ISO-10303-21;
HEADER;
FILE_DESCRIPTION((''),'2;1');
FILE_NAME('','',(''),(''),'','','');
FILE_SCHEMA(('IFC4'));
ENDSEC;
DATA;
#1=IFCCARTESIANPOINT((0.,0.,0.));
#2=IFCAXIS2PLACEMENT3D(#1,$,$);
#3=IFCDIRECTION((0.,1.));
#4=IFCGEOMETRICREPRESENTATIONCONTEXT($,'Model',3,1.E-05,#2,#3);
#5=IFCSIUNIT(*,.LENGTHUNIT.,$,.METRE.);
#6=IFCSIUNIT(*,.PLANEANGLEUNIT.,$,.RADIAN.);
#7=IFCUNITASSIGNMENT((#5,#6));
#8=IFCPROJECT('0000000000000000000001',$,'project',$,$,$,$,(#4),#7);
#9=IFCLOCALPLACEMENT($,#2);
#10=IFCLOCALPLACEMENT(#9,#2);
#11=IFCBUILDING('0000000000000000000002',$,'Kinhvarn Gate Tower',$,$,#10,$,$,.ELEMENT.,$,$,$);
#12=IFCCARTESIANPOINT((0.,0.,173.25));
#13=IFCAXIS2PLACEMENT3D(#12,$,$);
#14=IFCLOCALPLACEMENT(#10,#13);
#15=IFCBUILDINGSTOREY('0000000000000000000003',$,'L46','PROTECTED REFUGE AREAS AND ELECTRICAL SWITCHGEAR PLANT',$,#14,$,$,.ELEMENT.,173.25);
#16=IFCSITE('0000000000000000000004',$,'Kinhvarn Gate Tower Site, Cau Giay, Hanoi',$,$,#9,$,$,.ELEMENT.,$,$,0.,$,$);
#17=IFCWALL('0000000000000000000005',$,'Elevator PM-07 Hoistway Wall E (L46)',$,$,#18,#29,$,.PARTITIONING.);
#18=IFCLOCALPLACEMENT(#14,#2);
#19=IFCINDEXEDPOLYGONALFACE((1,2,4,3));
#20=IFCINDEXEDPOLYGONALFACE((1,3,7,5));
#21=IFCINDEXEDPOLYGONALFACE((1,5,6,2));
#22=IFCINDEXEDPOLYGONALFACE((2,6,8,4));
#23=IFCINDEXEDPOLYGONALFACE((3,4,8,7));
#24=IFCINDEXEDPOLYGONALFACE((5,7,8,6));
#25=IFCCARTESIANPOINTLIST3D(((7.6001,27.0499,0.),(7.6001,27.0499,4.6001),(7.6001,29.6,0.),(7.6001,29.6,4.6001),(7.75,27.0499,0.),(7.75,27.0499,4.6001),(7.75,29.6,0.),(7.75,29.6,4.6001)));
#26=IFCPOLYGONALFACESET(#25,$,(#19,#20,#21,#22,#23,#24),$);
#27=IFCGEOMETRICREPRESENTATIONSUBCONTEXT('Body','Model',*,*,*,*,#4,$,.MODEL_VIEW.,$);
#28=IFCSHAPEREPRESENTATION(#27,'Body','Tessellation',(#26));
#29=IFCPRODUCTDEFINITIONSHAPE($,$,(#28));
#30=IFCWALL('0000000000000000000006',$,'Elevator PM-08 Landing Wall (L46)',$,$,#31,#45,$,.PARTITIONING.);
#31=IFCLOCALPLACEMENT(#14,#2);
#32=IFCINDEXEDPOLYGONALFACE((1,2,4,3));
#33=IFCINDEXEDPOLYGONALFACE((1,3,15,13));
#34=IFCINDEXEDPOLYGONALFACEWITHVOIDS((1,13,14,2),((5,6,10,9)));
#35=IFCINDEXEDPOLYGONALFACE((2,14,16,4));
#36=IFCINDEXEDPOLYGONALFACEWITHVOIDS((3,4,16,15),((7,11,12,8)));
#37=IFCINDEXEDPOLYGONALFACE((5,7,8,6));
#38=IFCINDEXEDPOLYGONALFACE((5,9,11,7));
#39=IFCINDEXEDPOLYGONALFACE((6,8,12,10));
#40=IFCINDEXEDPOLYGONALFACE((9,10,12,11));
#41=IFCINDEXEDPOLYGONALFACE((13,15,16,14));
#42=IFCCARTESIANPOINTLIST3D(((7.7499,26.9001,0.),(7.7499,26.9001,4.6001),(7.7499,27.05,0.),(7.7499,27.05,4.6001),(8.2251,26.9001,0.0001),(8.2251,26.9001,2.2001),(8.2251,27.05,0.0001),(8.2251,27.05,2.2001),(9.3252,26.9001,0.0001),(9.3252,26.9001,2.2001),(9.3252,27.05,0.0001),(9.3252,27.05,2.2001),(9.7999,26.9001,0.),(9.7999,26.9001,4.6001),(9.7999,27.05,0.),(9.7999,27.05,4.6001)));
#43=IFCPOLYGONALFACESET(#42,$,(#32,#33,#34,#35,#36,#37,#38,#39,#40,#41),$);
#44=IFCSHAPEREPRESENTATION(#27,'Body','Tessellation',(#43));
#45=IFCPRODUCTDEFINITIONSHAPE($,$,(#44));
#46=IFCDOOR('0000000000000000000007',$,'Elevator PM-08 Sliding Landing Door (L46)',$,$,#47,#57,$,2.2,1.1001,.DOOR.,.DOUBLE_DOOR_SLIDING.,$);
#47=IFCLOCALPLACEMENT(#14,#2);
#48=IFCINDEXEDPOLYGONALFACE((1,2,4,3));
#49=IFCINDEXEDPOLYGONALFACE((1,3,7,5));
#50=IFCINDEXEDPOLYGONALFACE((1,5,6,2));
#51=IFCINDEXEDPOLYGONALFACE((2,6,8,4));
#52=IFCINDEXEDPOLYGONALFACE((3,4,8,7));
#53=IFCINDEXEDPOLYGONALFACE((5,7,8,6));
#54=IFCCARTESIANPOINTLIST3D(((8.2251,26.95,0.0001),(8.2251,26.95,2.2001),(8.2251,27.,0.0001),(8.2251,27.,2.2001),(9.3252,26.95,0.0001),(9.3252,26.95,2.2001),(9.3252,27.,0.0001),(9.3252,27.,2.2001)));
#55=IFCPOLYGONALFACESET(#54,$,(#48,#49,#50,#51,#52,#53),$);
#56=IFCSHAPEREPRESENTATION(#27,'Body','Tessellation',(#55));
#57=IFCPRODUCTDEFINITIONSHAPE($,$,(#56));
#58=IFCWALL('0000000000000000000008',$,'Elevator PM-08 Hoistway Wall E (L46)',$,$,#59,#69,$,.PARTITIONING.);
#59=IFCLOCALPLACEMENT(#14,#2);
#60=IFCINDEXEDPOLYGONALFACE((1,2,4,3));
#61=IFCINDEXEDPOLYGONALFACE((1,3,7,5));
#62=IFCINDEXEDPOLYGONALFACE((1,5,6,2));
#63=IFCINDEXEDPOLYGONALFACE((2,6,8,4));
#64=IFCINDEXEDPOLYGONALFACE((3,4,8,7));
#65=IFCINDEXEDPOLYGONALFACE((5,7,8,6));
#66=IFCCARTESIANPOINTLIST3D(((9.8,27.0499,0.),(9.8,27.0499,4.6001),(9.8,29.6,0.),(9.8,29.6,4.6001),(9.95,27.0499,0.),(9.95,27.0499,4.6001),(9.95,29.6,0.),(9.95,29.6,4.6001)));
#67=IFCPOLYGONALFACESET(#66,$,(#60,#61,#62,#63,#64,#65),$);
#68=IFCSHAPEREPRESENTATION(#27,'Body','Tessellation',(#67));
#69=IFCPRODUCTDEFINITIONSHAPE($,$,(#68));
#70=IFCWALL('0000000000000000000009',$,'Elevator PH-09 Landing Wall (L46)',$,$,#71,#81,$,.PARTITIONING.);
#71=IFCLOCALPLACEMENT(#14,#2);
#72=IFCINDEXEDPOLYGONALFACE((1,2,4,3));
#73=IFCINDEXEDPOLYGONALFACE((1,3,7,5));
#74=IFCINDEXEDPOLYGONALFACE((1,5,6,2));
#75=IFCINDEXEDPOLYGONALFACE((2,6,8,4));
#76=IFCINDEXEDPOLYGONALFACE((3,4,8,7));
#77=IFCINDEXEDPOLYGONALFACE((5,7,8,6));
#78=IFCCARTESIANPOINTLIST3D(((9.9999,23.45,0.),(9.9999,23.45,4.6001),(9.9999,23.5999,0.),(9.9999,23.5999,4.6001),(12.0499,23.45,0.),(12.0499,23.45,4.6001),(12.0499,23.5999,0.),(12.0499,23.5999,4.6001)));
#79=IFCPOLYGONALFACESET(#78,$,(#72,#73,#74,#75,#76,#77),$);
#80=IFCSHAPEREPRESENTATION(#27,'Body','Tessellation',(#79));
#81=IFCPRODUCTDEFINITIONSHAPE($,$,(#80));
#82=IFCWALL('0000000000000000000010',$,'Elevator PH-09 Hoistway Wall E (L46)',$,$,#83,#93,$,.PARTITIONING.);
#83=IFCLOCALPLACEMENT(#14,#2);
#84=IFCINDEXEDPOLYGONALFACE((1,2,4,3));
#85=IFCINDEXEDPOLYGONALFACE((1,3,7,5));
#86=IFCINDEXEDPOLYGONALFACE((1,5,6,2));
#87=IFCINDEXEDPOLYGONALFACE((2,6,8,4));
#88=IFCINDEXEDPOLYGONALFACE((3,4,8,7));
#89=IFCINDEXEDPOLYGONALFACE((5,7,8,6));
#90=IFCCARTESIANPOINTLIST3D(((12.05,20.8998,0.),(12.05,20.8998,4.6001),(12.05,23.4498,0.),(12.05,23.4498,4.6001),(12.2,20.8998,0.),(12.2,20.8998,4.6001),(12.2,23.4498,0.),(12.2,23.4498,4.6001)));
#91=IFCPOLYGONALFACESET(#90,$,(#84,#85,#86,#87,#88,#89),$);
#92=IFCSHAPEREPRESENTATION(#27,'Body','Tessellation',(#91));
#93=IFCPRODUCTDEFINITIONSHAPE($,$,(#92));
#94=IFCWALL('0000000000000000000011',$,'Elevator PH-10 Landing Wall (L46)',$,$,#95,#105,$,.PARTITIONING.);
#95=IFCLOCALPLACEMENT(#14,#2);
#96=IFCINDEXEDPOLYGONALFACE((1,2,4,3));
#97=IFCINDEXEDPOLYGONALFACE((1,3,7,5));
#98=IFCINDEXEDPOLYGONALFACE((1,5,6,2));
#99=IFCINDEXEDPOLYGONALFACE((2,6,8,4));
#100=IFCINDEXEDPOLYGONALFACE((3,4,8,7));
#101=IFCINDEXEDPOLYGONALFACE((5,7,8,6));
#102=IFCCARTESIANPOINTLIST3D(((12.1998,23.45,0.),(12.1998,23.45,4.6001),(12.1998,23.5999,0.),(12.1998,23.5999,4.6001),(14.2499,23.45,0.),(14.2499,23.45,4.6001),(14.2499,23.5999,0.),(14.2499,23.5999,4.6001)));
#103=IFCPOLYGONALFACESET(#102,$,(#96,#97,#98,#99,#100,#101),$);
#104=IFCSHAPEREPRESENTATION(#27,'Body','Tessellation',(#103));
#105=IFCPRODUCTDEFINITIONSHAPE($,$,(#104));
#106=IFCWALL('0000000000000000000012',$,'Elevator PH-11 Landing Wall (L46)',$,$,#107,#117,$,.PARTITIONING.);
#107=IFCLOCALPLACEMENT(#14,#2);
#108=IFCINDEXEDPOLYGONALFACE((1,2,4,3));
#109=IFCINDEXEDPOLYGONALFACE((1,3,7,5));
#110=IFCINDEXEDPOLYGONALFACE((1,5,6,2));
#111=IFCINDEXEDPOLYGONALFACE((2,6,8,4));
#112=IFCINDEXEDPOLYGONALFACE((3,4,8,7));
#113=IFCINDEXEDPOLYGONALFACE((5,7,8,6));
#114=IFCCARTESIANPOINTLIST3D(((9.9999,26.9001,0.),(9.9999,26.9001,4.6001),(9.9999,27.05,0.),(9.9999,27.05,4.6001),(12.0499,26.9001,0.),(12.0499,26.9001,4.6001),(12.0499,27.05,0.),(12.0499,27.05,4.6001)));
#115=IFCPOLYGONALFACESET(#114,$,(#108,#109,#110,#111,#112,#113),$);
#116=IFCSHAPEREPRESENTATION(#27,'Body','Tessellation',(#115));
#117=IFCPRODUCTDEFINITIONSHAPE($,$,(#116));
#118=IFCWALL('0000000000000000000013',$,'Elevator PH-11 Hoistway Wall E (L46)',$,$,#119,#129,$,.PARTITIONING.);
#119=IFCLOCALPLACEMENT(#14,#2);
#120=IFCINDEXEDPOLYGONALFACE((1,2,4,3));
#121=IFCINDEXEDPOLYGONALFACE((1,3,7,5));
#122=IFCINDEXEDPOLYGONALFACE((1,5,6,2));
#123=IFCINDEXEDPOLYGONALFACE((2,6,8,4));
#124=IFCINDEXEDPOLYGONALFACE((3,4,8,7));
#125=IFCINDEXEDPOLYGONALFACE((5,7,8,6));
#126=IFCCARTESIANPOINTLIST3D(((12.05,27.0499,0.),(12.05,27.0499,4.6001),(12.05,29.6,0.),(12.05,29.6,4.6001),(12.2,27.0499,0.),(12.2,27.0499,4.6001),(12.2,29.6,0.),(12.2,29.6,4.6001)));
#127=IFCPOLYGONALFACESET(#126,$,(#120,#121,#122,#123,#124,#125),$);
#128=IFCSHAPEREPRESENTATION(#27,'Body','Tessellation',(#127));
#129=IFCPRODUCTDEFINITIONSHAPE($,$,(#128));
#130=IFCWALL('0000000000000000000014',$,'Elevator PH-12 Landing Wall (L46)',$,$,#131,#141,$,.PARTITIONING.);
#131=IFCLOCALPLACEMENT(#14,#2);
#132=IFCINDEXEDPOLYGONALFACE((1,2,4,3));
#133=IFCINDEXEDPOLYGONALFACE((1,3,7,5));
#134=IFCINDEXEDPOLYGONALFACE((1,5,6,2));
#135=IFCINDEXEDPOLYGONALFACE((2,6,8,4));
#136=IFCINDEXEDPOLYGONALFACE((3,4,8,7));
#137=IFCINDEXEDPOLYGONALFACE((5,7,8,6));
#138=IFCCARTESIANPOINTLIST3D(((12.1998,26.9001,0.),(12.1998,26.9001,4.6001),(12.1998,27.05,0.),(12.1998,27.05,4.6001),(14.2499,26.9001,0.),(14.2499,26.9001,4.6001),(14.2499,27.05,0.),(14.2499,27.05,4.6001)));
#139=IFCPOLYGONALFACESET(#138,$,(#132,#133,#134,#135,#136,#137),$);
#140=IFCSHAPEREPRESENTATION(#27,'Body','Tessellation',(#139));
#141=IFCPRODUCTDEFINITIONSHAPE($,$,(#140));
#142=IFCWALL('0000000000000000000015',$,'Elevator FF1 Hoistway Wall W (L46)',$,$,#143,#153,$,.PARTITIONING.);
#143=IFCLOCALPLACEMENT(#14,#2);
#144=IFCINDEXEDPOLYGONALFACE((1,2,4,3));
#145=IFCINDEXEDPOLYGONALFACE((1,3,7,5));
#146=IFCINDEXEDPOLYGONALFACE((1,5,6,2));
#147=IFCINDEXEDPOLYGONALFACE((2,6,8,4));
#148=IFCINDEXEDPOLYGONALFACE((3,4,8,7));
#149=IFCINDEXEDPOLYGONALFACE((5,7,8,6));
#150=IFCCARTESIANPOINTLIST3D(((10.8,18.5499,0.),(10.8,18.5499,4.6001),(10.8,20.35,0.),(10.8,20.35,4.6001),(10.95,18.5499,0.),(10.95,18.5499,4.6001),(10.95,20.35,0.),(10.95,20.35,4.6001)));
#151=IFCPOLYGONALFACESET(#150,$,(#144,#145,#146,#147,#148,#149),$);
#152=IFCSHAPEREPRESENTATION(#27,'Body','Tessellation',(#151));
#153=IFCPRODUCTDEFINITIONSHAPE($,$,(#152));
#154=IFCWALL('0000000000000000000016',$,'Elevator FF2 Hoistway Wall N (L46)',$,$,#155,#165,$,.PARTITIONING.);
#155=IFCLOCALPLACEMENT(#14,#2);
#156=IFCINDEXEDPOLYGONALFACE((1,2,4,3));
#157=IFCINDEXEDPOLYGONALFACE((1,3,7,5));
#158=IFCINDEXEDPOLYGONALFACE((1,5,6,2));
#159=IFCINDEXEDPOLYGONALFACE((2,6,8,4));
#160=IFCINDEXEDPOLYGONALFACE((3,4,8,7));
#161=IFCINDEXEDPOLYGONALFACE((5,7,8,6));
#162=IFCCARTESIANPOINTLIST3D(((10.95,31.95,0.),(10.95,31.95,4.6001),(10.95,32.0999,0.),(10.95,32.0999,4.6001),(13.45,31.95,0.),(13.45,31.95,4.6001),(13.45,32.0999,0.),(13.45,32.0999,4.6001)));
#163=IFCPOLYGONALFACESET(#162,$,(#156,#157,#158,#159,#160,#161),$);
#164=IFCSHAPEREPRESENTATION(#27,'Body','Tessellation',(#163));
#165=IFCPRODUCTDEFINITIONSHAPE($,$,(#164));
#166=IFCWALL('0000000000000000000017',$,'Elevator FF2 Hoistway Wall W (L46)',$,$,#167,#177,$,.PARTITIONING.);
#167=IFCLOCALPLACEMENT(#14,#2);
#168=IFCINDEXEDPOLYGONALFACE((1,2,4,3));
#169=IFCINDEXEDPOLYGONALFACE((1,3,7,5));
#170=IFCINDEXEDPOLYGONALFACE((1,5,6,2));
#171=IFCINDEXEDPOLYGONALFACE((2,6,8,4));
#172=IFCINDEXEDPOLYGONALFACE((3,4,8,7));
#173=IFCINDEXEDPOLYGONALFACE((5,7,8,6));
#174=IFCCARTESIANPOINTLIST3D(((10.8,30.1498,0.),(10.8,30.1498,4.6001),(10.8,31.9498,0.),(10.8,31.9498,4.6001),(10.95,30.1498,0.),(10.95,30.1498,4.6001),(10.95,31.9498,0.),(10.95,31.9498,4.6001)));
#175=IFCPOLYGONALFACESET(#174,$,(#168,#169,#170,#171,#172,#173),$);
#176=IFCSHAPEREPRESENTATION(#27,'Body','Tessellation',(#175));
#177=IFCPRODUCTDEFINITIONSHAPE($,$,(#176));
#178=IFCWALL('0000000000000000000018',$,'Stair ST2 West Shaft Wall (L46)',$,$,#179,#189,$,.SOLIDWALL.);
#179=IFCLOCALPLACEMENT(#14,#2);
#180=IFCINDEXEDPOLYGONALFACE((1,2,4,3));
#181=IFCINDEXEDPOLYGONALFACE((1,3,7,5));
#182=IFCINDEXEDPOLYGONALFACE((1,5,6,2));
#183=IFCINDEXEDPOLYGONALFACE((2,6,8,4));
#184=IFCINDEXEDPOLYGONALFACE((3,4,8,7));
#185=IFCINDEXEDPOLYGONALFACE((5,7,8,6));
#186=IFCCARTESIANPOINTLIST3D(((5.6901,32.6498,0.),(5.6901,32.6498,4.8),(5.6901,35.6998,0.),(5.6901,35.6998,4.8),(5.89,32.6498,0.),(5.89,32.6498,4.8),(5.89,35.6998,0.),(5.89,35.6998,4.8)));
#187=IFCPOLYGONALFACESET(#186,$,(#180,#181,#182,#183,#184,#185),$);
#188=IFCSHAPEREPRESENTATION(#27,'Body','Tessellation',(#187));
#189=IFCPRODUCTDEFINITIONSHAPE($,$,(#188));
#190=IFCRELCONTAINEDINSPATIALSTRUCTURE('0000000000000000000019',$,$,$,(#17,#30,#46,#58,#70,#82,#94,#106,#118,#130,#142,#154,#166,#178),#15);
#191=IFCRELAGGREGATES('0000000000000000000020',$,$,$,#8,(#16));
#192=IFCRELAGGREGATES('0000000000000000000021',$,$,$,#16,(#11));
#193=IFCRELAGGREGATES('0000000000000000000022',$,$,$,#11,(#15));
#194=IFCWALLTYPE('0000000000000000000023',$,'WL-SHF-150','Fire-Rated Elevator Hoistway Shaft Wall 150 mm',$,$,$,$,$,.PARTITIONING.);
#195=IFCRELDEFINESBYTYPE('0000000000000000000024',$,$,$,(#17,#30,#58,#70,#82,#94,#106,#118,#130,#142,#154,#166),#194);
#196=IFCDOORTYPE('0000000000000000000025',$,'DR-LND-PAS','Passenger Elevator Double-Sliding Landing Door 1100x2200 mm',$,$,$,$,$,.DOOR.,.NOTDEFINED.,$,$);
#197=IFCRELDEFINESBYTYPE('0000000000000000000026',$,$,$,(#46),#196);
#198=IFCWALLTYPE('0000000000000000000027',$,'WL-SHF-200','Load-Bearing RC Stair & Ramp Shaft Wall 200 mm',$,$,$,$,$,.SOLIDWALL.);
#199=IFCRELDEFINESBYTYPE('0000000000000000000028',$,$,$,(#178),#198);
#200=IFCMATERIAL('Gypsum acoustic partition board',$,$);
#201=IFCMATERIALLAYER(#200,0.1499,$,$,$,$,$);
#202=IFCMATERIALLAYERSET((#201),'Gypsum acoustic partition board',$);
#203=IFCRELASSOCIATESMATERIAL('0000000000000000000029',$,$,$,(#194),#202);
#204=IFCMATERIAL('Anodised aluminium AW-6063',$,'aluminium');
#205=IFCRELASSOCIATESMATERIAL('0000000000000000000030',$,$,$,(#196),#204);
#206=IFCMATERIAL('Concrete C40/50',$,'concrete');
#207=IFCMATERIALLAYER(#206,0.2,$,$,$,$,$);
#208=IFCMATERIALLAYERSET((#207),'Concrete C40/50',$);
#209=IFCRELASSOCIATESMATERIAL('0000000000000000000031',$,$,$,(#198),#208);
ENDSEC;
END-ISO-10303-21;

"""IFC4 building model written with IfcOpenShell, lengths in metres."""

from ifc_helpers import new_model, si_unit, direction, frame, frame_2d, origin, place, context, subcontext, project, spatial, rectangle, extrude, material, layer, layer_set, type_object, element, fill, save


model = new_model("IFC4")

# Units and contexts
model_context = context("Model", 3, precision=1e-05, world=origin(), true_north=direction((0.0, 1.0)))
body_context = subcontext(model_context, "Body", "Model", "MODEL_VIEW")
ifc_project = project(units=[si_unit("LENGTHUNIT", "METRE"), si_unit("PLANEANGLEUNIT", "RADIAN")], contexts=[model_context])

# Site, building, storey
site_placement = place(None, origin())
site = spatial("IfcSite", under=ifc_project, at=site_placement, Name="Kinhvarn Gate Tower Site, Cau Giay, Hanoi", CompositionType="ELEMENT", RefElevation=0.0)
building_placement = place(site_placement, origin())
building = spatial("IfcBuilding", under=site, at=building_placement, Name="Kinhvarn Gate Tower", CompositionType="ELEMENT")
storey_placement = place(building_placement, frame((0.0, 0.0, 173.25)))
storey = spatial("IfcBuildingStorey", under=building, at=storey_placement, Name="L46", Description="PROTECTED REFUGE AREAS AND ELECTRICAL SWITCHGEAR PLANT", CompositionType="ELEMENT", Elevation=173.25)

# Shared definitions
ifc_material_1 = material(Name="Gypsum acoustic partition board")
ifc_layer_1 = layer(ifc_material_1, 0.1499)
ifc_layer_set_1 = layer_set([ifc_layer_1], Name="Gypsum acoustic partition board")
wall_type_1 = type_object("IfcWallType", Name="WL-SHF-150", Description="Fire-Rated Elevator Hoistway Shaft Wall 150 mm", PredefinedType="PARTITIONING", material=ifc_layer_set_1)
ifc_material_2 = material(Name="Anodised aluminium AW-6063", Category="aluminium")
door_type = type_object("IfcDoorType", Name="DR-LND-PAS", Description="Passenger Elevator Double-Sliding Landing Door 1100x2200 mm", OperationType="NOTDEFINED", PredefinedType="DOOR", material=ifc_material_2)

# Wall
for number, where, z_axis, x_axis, name in (
    (1, (7.675, 27.05, 0.0), (0.0, 0.0, 1.0), (0.0, 1.0, 0.0), "Elevator PM-07 Hoistway Wall E (L46)"),
):
    element("IfcWall", number, at=place(storey_placement, frame(where, z_axis=z_axis, x_axis=x_axis)), inside=storey, type_object=wall_type_1, Name=name, PredefinedType="PARTITIONING", context=body_context, shape_type="SweptSolid", body=[
        extrude(rectangle(XDim=2.55, YDim=0.1499, at=frame_2d((1.2749, 0.0))), origin(), (0.0, 0.0, 1.0), 4.6001),
    ])

# Wall, opening, door
wall_1_placement = place(storey_placement, frame((7.75, 26.9751, 0.0), z_axis=(0.0, 0.0, 1.0), x_axis=(1.0, 0.0, 0.0)))
wall_1 = element("IfcWall", 2, at=wall_1_placement, inside=storey, type_object=wall_type_1, Name="Elevator PM-08 Landing Wall (L46)", PredefinedType="PARTITIONING", context=body_context, shape_type="SweptSolid", body=[
    extrude(rectangle(XDim=2.05, YDim=0.1499, at=frame_2d((1.0249, 0.0))), origin(), (0.0, 0.0, 1.0), 4.6001),
])
opening_1_placement = place(wall_1_placement, frame((0.4751, 0.0, 0.0)))
opening_1 = element("IfcOpeningElement", 3, at=opening_1_placement, cuts=wall_1, PredefinedType="OPENING", context=body_context, shape_type="SweptSolid", body=[
    extrude(rectangle(XDim=1.1001, YDim=2.2, at=frame_2d((0.55, 1.1001))), frame((0.0, 0.085, 0.0), z_axis=(0.0, -1.0, 0.0), x_axis=(1.0, 0.0, 0.0)), (0.0, 0.0, 1.0), 0.1699),
])
door_1_placement = place(opening_1_placement, origin())
door_1 = element("IfcDoor", 4, at=door_1_placement, inside=storey, type_object=door_type, Name="Elevator PM-08 Sliding Landing Door (L46)", OperationType="DOUBLE_DOOR_SLIDING", OverallHeight=2.2, OverallWidth=1.1001, PredefinedType="DOOR", context=body_context, shape_type="SweptSolid", body=[
    extrude(rectangle(XDim=1.1001, YDim=2.2, at=frame_2d((0.55, 1.1001))), frame((0.0, 0.0249, 0.0), z_axis=(0.0, -1.0, 0.0), x_axis=(1.0, 0.0, 0.0)), (0.0, 0.0, 1.0), 0.05),
])
fill(opening_1, door_1)

# Walls
wall_2_placement = place(storey_placement, frame((9.875, 27.05, 0.0), z_axis=(0.0, 0.0, 1.0), x_axis=(0.0, 1.0, 0.0)))
element("IfcWall", 5, at=wall_2_placement, inside=storey, type_object=wall_type_1, Name="Elevator PM-08 Hoistway Wall E (L46)", PredefinedType="PARTITIONING", context=body_context, shape_type="SweptSolid", body=[
    extrude(rectangle(XDim=2.55, YDim=0.1499, at=frame_2d((1.2749, 0.0))), origin(), (0.0, 0.0, 1.0), 4.6001),
])
wall_3_placement = place(storey_placement, frame((10.0, 23.5249, 0.0), z_axis=(0.0, 0.0, 1.0), x_axis=(1.0, 0.0, 0.0)))
element("IfcWall", 6, at=wall_3_placement, inside=storey, type_object=wall_type_1, Name="Elevator PH-09 Landing Wall (L46)", PredefinedType="PARTITIONING", context=body_context, shape_type="SweptSolid", body=[
    extrude(rectangle(XDim=2.05, YDim=0.1499, at=frame_2d((1.0249, 0.0))), origin(), (0.0, 0.0, 1.0), 4.6001),
])
wall_4_placement = place(storey_placement, frame((12.125, 20.8999, 0.0), z_axis=(0.0, 0.0, 1.0), x_axis=(0.0, 1.0, 0.0)))
element("IfcWall", 7, at=wall_4_placement, inside=storey, type_object=wall_type_1, Name="Elevator PH-09 Hoistway Wall E (L46)", PredefinedType="PARTITIONING", context=body_context, shape_type="SweptSolid", body=[
    extrude(rectangle(XDim=2.55, YDim=0.1499, at=frame_2d((1.2749, 0.0))), origin(), (0.0, 0.0, 1.0), 4.6001),
])
for number, where, z_axis, x_axis, name in (
    (8, (12.2, 23.5249, 0.0), (0.0, 0.0, 1.0), (1.0, 0.0, 0.0), "Elevator PH-10 Landing Wall (L46)"),
    (9, (10.0, 26.9751, 0.0), (0.0, 0.0, 1.0), (1.0, 0.0, 0.0), "Elevator PH-11 Landing Wall (L46)"),
):
    element("IfcWall", number, at=place(storey_placement, frame(where, z_axis=z_axis, x_axis=x_axis)), inside=storey, type_object=wall_type_1, Name=name, PredefinedType="PARTITIONING", context=body_context, shape_type="SweptSolid", body=[
        extrude(rectangle(XDim=2.05, YDim=0.1499, at=frame_2d((1.0249, 0.0))), origin(), (0.0, 0.0, 1.0), 4.6001),
    ])
wall_5_placement = place(storey_placement, frame((12.125, 27.05, 0.0), z_axis=(0.0, 0.0, 1.0), x_axis=(0.0, 1.0, 0.0)))
element("IfcWall", 10, at=wall_5_placement, inside=storey, type_object=wall_type_1, Name="Elevator PH-11 Hoistway Wall E (L46)", PredefinedType="PARTITIONING", context=body_context, shape_type="SweptSolid", body=[
    extrude(rectangle(XDim=2.55, YDim=0.1499, at=frame_2d((1.2749, 0.0))), origin(), (0.0, 0.0, 1.0), 4.6001),
])
wall_6_placement = place(storey_placement, frame((12.2, 26.9751, 0.0), z_axis=(0.0, 0.0, 1.0), x_axis=(1.0, 0.0, 0.0)))
element("IfcWall", 11, at=wall_6_placement, inside=storey, type_object=wall_type_1, Name="Elevator PH-12 Landing Wall (L46)", PredefinedType="PARTITIONING", context=body_context, shape_type="SweptSolid", body=[
    extrude(rectangle(XDim=2.05, YDim=0.1499, at=frame_2d((1.0249, 0.0))), origin(), (0.0, 0.0, 1.0), 4.6001),
])
wall_7_placement = place(storey_placement, frame((10.875, 18.55, 0.0), z_axis=(0.0, 0.0, 1.0), x_axis=(0.0, 1.0, 0.0)))
element("IfcWall", 12, at=wall_7_placement, inside=storey, type_object=wall_type_1, Name="Elevator FF1 Hoistway Wall W (L46)", PredefinedType="PARTITIONING", context=body_context, shape_type="SweptSolid", body=[
    extrude(rectangle(XDim=1.8, YDim=0.1499, at=frame_2d((0.8999, 0.0))), origin(), (0.0, 0.0, 1.0), 4.6001),
])
wall_8_placement = place(storey_placement, frame((10.95, 32.0249, 0.0), z_axis=(0.0, 0.0, 1.0), x_axis=(1.0, 0.0, 0.0)))
element("IfcWall", 13, at=wall_8_placement, inside=storey, type_object=wall_type_1, Name="Elevator FF2 Hoistway Wall N (L46)", PredefinedType="PARTITIONING", context=body_context, shape_type="SweptSolid", body=[
    extrude(rectangle(XDim=2.5, YDim=0.1499, at=frame_2d((1.25, 0.0))), origin(), (0.0, 0.0, 1.0), 4.6001),
])
wall_9_placement = place(storey_placement, frame((10.875, 30.1499, 0.0), z_axis=(0.0, 0.0, 1.0), x_axis=(0.0, 1.0, 0.0)))
element("IfcWall", 14, at=wall_9_placement, inside=storey, type_object=wall_type_1, Name="Elevator FF2 Hoistway Wall W (L46)", PredefinedType="PARTITIONING", context=body_context, shape_type="SweptSolid", body=[
    extrude(rectangle(XDim=1.8, YDim=0.1499, at=frame_2d((0.8999, 0.0))), origin(), (0.0, 0.0, 1.0), 4.6001),
])
ifc_material_3 = material(Name="Concrete C40/50", Category="concrete")
ifc_layer_2 = layer(ifc_material_3, 0.2)
ifc_layer_set_2 = layer_set([ifc_layer_2], Name="Concrete C40/50")
wall_type_2 = type_object("IfcWallType", Name="WL-SHF-200", Description="Load-Bearing RC Stair & Ramp Shaft Wall 200 mm", PredefinedType="SOLIDWALL", material=ifc_layer_set_2)
wall_10_placement = place(storey_placement, frame((5.79, 32.6499, 0.0), z_axis=(0.0, 0.0, 1.0), x_axis=(0.0, 1.0, 0.0)))
element("IfcWall", 15, at=wall_10_placement, inside=storey, type_object=wall_type_2, Name="Stair ST2 West Shaft Wall (L46)", PredefinedType="SOLIDWALL", context=body_context, shape_type="SweptSolid", body=[
    extrude(rectangle(XDim=3.05, YDim=0.2, at=frame_2d((1.5249, 0.0))), origin(), (0.0, 0.0, 1.0), 4.8),
])

save(model, "model.ifc")
